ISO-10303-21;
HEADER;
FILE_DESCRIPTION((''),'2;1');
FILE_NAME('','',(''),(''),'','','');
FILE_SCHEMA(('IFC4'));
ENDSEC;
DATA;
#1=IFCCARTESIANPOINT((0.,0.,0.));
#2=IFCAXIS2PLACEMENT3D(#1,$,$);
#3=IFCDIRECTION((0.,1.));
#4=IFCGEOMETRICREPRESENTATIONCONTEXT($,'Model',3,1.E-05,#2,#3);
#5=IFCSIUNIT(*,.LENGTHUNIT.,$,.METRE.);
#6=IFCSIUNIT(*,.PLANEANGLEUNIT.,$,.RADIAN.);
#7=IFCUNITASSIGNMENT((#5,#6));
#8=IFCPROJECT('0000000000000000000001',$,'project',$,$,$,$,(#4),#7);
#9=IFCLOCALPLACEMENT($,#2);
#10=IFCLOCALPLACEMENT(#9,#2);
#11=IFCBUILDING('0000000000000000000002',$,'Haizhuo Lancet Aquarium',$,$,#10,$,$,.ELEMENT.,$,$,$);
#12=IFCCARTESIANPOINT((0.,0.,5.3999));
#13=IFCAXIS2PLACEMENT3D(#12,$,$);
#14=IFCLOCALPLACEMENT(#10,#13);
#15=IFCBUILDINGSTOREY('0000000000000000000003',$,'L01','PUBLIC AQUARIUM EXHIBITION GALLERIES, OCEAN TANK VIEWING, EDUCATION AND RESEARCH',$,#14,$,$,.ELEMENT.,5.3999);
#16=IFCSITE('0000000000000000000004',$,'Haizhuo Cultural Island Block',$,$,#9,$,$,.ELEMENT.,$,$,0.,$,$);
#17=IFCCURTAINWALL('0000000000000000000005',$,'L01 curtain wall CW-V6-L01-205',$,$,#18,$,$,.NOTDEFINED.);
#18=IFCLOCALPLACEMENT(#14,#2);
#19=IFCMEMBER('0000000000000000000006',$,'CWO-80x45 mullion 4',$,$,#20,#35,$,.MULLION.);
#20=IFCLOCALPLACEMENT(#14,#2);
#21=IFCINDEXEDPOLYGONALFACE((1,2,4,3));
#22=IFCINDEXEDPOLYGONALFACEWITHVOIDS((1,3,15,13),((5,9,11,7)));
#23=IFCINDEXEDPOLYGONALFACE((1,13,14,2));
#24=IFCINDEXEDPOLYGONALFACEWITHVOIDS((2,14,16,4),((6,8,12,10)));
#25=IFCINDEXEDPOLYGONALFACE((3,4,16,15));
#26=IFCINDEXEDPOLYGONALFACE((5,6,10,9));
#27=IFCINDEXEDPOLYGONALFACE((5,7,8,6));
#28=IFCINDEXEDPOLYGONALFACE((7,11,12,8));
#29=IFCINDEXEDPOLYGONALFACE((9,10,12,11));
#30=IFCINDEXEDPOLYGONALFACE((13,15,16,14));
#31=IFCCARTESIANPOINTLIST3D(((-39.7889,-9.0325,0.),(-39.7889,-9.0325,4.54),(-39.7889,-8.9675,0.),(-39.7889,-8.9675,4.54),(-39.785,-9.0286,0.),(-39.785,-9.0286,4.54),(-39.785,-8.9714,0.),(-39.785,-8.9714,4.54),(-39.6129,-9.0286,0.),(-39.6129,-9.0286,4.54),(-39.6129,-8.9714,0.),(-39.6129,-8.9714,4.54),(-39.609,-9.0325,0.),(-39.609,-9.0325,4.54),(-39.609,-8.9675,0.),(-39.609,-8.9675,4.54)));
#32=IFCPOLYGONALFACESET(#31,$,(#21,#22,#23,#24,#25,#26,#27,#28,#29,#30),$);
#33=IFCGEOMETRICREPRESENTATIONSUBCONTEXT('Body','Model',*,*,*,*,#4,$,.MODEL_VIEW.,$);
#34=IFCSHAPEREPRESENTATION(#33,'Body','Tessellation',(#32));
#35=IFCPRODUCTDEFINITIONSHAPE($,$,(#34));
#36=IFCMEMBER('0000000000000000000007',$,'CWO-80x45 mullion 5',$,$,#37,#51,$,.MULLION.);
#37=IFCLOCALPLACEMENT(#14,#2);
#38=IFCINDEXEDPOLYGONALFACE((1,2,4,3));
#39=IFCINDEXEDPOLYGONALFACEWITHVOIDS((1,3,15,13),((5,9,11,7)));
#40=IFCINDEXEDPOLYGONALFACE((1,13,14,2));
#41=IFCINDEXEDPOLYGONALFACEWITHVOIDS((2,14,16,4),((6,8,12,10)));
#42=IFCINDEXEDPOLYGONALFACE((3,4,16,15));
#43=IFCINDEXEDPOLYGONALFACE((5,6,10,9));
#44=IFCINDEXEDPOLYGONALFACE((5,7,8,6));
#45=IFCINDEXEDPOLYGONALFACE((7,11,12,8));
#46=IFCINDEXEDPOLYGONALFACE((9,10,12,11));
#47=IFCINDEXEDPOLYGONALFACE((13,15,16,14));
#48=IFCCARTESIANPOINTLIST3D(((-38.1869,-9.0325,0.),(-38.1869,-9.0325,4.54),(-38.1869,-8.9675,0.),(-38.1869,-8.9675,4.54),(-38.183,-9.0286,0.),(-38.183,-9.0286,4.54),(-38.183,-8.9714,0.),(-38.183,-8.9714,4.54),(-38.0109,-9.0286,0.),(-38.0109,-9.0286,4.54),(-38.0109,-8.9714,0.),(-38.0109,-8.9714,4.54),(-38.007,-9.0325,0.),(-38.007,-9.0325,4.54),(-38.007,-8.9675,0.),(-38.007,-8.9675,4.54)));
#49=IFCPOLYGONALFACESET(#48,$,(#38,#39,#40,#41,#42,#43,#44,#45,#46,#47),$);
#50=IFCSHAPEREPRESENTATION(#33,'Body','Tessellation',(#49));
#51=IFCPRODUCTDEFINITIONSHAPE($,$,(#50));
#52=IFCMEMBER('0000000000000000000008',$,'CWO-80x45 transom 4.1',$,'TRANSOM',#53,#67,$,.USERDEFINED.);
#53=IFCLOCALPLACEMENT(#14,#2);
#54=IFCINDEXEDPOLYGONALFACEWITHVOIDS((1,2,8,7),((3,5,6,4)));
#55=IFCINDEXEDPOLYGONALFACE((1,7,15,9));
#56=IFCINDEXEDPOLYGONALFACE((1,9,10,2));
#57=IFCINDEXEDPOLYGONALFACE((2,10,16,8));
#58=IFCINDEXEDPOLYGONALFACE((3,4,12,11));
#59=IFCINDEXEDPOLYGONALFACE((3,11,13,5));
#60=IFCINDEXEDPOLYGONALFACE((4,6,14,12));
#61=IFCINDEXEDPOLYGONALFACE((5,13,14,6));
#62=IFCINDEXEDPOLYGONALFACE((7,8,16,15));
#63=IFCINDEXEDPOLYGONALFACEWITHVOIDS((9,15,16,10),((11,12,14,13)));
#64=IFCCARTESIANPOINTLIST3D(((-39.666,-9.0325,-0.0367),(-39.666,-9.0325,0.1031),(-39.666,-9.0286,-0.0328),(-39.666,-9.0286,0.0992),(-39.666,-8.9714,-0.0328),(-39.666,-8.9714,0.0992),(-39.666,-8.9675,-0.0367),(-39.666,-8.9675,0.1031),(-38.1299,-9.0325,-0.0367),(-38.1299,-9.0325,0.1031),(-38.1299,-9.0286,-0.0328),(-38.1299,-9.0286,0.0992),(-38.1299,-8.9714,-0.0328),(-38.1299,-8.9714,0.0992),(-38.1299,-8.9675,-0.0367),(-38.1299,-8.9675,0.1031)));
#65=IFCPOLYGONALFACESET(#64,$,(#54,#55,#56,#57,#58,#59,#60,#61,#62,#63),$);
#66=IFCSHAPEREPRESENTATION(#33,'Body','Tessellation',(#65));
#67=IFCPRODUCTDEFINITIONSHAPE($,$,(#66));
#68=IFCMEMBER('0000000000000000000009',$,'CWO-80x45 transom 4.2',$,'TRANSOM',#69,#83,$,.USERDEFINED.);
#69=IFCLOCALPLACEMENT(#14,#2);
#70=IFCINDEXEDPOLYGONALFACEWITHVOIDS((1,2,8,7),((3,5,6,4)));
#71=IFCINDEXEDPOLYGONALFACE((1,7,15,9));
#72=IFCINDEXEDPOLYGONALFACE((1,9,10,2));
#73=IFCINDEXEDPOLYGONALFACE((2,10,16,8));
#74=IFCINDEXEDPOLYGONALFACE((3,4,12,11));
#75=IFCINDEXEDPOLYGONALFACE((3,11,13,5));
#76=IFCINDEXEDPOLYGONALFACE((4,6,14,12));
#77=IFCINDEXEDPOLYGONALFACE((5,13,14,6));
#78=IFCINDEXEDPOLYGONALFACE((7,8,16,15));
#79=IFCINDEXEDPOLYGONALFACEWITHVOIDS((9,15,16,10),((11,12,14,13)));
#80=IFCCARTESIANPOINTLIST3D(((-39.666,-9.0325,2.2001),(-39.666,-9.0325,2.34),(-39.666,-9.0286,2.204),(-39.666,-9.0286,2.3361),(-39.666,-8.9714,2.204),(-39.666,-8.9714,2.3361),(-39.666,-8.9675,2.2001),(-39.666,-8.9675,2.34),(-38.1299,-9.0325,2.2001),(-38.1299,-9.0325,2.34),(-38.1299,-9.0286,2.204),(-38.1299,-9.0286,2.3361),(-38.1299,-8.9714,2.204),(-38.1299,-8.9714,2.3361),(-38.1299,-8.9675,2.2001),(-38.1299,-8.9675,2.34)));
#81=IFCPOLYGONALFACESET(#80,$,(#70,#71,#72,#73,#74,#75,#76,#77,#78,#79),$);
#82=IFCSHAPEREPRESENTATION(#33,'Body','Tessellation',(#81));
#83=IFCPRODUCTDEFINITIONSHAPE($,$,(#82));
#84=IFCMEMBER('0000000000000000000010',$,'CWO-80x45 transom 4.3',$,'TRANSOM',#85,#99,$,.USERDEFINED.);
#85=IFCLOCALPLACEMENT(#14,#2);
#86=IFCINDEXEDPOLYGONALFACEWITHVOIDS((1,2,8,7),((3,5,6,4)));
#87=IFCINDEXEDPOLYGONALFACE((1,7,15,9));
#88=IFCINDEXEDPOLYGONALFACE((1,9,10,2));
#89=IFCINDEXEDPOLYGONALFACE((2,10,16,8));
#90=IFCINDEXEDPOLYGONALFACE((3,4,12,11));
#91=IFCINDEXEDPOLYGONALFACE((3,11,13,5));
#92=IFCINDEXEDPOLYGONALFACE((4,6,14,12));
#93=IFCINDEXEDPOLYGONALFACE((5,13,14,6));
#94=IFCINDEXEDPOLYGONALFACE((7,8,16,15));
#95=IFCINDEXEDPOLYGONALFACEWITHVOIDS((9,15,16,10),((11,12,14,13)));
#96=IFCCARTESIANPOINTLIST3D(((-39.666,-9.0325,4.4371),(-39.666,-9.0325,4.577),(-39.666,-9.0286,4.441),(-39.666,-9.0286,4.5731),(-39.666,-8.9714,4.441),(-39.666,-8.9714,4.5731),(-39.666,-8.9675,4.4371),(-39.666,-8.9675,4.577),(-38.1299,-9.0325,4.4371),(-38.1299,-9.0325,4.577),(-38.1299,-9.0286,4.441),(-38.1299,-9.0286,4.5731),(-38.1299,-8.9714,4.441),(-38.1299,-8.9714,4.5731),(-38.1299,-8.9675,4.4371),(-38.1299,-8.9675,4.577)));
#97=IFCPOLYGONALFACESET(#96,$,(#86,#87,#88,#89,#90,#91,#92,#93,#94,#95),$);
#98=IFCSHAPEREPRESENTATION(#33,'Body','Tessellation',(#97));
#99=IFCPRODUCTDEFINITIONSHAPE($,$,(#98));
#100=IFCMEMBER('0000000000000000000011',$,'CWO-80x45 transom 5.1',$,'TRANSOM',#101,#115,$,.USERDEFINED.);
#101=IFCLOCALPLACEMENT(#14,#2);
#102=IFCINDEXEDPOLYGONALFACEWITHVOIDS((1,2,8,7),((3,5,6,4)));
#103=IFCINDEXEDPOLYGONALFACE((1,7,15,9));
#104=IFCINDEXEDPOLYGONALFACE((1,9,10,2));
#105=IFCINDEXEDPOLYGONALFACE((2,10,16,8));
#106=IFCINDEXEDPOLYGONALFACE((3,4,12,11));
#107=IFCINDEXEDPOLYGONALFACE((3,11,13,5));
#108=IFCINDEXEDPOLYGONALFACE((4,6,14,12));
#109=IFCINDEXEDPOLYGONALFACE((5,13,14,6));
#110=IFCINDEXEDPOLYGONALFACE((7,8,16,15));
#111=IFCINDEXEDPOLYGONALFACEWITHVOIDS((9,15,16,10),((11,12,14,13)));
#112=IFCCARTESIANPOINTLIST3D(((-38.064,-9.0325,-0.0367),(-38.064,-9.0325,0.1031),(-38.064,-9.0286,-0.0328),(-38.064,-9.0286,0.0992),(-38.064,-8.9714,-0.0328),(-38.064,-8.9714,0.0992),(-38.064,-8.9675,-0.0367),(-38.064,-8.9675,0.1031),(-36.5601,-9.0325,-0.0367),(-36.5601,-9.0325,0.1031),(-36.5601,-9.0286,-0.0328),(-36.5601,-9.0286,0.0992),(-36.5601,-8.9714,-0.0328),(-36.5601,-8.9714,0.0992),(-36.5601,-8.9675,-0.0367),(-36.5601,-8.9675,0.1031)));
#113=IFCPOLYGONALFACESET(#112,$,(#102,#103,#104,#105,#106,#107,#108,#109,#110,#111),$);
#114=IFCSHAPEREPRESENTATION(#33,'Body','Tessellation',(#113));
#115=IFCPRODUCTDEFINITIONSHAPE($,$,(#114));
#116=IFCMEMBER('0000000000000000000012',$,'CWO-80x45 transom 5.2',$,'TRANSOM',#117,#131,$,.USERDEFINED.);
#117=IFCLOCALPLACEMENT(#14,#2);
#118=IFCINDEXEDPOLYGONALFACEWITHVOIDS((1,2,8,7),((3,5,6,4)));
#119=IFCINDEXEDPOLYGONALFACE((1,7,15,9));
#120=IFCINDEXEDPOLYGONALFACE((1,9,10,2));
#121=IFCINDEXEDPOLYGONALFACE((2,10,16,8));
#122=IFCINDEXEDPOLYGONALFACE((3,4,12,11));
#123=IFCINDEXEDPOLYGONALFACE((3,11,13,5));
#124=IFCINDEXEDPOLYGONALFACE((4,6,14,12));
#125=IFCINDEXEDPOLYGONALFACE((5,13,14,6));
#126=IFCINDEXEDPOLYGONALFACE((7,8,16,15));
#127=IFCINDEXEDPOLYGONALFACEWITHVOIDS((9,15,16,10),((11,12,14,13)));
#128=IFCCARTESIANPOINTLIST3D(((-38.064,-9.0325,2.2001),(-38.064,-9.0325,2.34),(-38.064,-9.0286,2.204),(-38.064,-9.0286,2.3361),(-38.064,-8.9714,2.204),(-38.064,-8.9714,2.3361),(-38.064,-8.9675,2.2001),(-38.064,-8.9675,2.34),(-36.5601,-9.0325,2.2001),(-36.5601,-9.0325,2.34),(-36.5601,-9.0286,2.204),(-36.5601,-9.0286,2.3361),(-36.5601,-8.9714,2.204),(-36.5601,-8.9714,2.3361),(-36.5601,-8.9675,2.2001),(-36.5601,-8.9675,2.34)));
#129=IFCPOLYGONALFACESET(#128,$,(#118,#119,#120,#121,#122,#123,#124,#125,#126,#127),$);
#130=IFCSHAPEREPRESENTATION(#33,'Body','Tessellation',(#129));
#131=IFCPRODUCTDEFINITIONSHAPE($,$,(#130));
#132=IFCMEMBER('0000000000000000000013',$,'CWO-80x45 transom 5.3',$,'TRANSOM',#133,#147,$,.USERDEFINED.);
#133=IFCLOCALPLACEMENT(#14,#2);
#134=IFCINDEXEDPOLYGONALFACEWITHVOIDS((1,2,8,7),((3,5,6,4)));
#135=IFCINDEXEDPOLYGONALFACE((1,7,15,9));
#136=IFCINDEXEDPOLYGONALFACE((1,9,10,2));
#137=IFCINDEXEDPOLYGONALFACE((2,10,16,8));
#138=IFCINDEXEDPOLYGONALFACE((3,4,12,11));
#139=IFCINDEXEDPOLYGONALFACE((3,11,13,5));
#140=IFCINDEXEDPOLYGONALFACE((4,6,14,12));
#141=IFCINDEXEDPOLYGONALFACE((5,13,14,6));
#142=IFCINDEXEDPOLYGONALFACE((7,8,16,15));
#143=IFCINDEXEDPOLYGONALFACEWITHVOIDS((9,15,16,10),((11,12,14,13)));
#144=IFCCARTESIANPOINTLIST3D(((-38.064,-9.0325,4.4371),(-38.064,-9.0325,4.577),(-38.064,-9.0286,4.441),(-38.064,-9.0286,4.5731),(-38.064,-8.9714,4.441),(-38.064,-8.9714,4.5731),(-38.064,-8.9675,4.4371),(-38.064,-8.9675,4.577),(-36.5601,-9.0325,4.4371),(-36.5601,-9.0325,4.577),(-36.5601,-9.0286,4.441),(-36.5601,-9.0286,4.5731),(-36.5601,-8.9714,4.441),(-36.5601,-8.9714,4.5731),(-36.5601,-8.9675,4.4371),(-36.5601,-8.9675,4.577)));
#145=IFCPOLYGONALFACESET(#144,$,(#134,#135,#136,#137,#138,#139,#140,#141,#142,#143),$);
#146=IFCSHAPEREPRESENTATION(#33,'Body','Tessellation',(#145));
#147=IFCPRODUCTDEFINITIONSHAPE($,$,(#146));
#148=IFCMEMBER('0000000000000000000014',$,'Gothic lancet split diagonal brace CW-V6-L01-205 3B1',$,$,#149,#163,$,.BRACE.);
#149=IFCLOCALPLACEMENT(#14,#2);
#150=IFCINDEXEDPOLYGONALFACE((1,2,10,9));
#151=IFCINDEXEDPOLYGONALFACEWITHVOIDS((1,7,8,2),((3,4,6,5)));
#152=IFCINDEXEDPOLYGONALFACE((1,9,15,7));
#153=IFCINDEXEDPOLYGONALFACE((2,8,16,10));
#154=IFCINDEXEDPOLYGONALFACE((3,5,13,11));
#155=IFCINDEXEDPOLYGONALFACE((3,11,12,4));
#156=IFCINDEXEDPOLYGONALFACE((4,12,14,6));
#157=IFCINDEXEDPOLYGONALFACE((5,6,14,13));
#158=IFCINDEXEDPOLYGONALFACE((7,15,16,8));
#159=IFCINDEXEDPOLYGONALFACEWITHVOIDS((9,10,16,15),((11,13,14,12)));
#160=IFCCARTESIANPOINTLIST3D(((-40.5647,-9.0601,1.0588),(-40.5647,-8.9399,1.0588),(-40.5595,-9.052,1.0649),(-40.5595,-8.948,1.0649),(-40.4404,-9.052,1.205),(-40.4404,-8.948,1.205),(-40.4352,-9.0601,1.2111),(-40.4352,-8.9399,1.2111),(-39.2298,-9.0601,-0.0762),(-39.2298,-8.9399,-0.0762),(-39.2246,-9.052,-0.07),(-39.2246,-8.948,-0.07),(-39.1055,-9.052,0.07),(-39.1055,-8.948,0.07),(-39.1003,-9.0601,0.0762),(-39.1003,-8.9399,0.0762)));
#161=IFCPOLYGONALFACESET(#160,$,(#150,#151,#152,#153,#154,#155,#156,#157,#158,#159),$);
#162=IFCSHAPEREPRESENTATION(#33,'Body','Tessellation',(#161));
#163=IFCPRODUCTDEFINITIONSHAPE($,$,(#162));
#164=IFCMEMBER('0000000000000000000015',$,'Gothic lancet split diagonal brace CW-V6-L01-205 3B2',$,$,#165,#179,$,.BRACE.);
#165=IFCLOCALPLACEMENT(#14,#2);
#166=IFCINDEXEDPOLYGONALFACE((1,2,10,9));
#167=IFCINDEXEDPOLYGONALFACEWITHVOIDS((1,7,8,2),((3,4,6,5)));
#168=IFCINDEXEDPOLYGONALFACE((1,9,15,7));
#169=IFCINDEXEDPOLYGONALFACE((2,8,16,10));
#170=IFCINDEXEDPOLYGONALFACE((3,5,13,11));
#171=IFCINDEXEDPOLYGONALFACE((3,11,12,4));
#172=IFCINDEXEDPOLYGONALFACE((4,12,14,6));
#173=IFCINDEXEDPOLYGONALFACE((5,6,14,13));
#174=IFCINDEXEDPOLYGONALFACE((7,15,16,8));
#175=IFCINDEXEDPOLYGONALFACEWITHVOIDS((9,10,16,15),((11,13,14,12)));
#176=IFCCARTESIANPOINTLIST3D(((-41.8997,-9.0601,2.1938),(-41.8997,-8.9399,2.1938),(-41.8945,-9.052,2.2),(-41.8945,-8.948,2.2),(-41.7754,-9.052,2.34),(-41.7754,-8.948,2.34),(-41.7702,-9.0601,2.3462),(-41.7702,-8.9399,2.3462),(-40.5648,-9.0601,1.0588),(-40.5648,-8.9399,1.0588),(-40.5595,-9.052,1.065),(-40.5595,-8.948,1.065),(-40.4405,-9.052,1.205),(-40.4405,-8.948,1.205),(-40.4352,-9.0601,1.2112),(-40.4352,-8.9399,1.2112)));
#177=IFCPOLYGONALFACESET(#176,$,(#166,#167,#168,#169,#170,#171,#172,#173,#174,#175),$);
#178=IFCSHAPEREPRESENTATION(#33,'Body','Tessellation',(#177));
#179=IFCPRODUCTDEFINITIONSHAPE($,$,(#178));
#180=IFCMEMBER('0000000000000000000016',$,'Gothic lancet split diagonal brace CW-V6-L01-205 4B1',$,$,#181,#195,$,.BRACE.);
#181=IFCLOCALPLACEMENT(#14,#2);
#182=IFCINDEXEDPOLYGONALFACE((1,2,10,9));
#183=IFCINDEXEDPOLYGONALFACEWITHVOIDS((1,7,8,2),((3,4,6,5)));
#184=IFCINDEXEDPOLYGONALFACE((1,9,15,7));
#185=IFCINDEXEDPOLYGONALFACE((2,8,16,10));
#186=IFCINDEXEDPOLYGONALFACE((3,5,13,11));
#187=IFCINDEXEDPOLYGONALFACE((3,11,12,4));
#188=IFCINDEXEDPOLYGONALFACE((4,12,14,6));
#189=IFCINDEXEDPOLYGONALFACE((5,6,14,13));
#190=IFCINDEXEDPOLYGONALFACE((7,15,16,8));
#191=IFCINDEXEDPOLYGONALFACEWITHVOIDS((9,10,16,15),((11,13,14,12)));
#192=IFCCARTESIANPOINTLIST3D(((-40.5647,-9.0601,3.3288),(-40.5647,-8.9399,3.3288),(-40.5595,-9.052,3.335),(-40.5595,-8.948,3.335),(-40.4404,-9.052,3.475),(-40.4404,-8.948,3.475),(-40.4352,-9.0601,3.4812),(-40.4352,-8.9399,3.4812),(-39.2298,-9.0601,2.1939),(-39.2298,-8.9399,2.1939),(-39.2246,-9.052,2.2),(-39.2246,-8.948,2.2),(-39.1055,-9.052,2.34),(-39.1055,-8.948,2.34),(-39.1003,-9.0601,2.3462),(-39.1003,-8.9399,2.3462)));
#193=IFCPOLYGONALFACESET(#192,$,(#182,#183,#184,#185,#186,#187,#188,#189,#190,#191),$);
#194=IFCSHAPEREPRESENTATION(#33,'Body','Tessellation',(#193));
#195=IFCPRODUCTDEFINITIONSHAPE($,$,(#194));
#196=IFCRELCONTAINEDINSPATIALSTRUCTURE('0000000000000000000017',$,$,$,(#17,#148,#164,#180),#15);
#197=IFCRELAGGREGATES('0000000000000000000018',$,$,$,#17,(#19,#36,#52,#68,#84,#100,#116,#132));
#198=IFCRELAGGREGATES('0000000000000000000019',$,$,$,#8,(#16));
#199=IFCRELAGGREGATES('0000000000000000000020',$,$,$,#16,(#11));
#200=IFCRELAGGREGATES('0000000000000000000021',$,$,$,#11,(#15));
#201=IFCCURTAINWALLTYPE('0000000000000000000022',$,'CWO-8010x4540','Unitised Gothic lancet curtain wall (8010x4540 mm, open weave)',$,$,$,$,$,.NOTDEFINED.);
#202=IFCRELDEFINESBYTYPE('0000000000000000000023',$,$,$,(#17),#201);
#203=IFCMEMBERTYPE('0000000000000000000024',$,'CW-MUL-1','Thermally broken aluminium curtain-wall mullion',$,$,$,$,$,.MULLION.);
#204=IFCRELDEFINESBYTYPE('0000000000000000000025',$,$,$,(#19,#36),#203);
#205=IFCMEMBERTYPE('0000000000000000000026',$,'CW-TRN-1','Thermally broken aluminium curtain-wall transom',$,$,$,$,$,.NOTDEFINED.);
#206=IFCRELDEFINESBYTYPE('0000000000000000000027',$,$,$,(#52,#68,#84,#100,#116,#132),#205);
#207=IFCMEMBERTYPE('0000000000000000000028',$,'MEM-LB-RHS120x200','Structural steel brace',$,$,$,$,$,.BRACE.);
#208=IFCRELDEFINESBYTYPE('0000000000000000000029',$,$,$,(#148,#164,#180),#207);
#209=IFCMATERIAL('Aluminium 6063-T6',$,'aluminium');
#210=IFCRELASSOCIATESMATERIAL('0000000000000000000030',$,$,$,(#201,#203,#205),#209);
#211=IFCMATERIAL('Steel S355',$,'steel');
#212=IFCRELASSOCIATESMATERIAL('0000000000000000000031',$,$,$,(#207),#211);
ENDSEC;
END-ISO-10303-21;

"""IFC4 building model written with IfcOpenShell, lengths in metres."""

from ifc_helpers import new_model, si_unit, direction, frame, origin, origin_2d, place, context, subcontext, project, spatial, hollow_rectangle, extrude, material, material_profile, profile_set, type_object, element, aggregate, save


model = new_model("IFC4")

# Units and contexts
model_context = context("Model", 3, precision=1e-05, world=origin(), true_north=direction((0.0, 1.0)))
body_context = subcontext(model_context, "Body", "Model", "MODEL_VIEW")
ifc_project = project(units=[si_unit("LENGTHUNIT", "METRE"), si_unit("PLANEANGLEUNIT", "RADIAN")], contexts=[model_context])

# Site, building, storey
site_placement = place(None, origin())
site = spatial("IfcSite", under=ifc_project, at=site_placement, Name="Haizhuo Cultural Island Block", CompositionType="ELEMENT", RefElevation=0.0)
building_placement = place(site_placement, origin())
building = spatial("IfcBuilding", under=site, at=building_placement, Name="Haizhuo Lancet Aquarium", CompositionType="ELEMENT")
storey_placement = place(building_placement, frame((0.0, 0.0, 5.3999)))
storey = spatial("IfcBuildingStorey", under=building, at=storey_placement, Name="L01", Description="PUBLIC AQUARIUM EXHIBITION GALLERIES, OCEAN TANK VIEWING, EDUCATION AND RESEARCH", CompositionType="ELEMENT", Elevation=5.3999)

# Curtain wall, members
ifc_material_1 = material(Name="Aluminium 6063-T6", Category="aluminium")
curtain_wall_type = type_object("IfcCurtainWallType", Name="CWO-8010x4540", Description="Unitised Gothic lancet curtain wall (8010x4540 mm, open weave)", PredefinedType="NOTDEFINED", material=ifc_material_1)
curtain_wall_placement = place(storey_placement, origin())
curtain_wall = element("IfcCurtainWall", 1, at=curtain_wall_placement, inside=storey, type_object=curtain_wall_type, Name="L01 curtain wall CW-V6-L01-205", PredefinedType="NOTDEFINED")
ifc_material_profile_1 = material_profile(ifc_material_1, hollow_rectangle(XDim=0.0649, YDim=0.1799, WallThickness=0.0039, at=origin_2d()), Name="ALU-M 65x180x4")
ifc_profile_set_1 = profile_set([ifc_material_profile_1], Name="Aluminium 6063-T6")
member_type_1 = type_object("IfcMemberType", Name="CW-MUL-1", Description="Thermally broken aluminium curtain-wall mullion", PredefinedType="MULLION", material=ifc_profile_set_1)
member_1_placement = place(storey_placement, frame((-39.699, -9.0, 0.0), z_axis=(0.0, 0.0, 1.0), x_axis=(0.0, 1.0, 0.0)))
member_1 = element("IfcMember", 2, at=member_1_placement, type_object=member_type_1, Name="CWO-80x45 mullion 4", PredefinedType="MULLION", context=body_context, shape_type="SweptSolid", body=[
    extrude(hollow_rectangle(XDim=0.0649, YDim=0.1799, WallThickness=0.0039, at=origin_2d()), origin(), (0.0, 0.0, 1.0), 4.54),
])
member_2_placement = place(storey_placement, frame((-38.0969, -9.0, 0.0), z_axis=(0.0, 0.0, 1.0), x_axis=(0.0, 1.0, 0.0)))
member_2 = element("IfcMember", 3, at=member_2_placement, type_object=member_type_1, Name="CWO-80x45 mullion 5", PredefinedType="MULLION", context=body_context, shape_type="SweptSolid", body=[
    extrude(hollow_rectangle(XDim=0.0649, YDim=0.1799, WallThickness=0.0039, at=origin_2d()), origin(), (0.0, 0.0, 1.0), 4.54),
])
ifc_material_profile_2 = material_profile(ifc_material_1, hollow_rectangle(XDim=0.0649, YDim=0.1399, WallThickness=0.0039, at=origin_2d()), Name="ALU-T 65x140x4")
ifc_profile_set_2 = profile_set([ifc_material_profile_2], Name="Aluminium 6063-T6")
member_type_2 = type_object("IfcMemberType", Name="CW-TRN-1", Description="Thermally broken aluminium curtain-wall transom", PredefinedType="NOTDEFINED", material=ifc_profile_set_2)
member_3_placement = place(storey_placement, frame((-39.666, -9.0, 0.0332), z_axis=(1.0, 0.0, 0.0), x_axis=(0.0, 1.0, 0.0)))
member_3 = element("IfcMember", 4, at=member_3_placement, type_object=member_type_2, Name="CWO-80x45 transom 4.1", ObjectType="TRANSOM", PredefinedType="USERDEFINED", context=body_context, shape_type="SweptSolid", body=[
    extrude(hollow_rectangle(XDim=0.0649, YDim=0.1399, WallThickness=0.0039, at=origin_2d()), origin(), (0.0, 0.0, 1.0), 1.5361),
])
member_4_placement = place(storey_placement, frame((-39.666, -9.0, 2.27), z_axis=(1.0, 0.0, 0.0), x_axis=(0.0, 1.0, 0.0)))
member_4 = element("IfcMember", 5, at=member_4_placement, type_object=member_type_2, Name="CWO-80x45 transom 4.2", ObjectType="TRANSOM", PredefinedType="USERDEFINED", context=body_context, shape_type="SweptSolid", body=[
    extrude(hollow_rectangle(XDim=0.0649, YDim=0.1399, WallThickness=0.0039, at=origin_2d()), origin(), (0.0, 0.0, 1.0), 1.5361),
])
member_5_placement = place(storey_placement, frame((-39.666, -9.0, 4.5071), z_axis=(1.0, 0.0, 0.0), x_axis=(0.0, 1.0, 0.0)))
member_5 = element("IfcMember", 6, at=member_5_placement, type_object=member_type_2, Name="CWO-80x45 transom 4.3", ObjectType="TRANSOM", PredefinedType="USERDEFINED", context=body_context, shape_type="SweptSolid", body=[
    extrude(hollow_rectangle(XDim=0.0649, YDim=0.1399, WallThickness=0.0039, at=origin_2d()), origin(), (0.0, 0.0, 1.0), 1.5361),
])
member_6_placement = place(storey_placement, frame((-38.064, -9.0, 0.0332), z_axis=(1.0, 0.0, 0.0), x_axis=(0.0, 1.0, 0.0)))
member_6 = element("IfcMember", 7, at=member_6_placement, type_object=member_type_2, Name="CWO-80x45 transom 5.1", ObjectType="TRANSOM", PredefinedType="USERDEFINED", context=body_context, shape_type="SweptSolid", body=[
    extrude(hollow_rectangle(XDim=0.0649, YDim=0.1399, WallThickness=0.0039, at=origin_2d()), origin(), (0.0, 0.0, 1.0), 1.5039),
])
member_7_placement = place(storey_placement, frame((-38.064, -9.0, 2.27), z_axis=(1.0, 0.0, 0.0), x_axis=(0.0, 1.0, 0.0)))
member_7 = element("IfcMember", 8, at=member_7_placement, type_object=member_type_2, Name="CWO-80x45 transom 5.2", ObjectType="TRANSOM", PredefinedType="USERDEFINED", context=body_context, shape_type="SweptSolid", body=[
    extrude(hollow_rectangle(XDim=0.0649, YDim=0.1399, WallThickness=0.0039, at=origin_2d()), origin(), (0.0, 0.0, 1.0), 1.5039),
])
member_8_placement = place(storey_placement, frame((-38.064, -9.0, 4.5071), z_axis=(1.0, 0.0, 0.0), x_axis=(0.0, 1.0, 0.0)))
member_8 = element("IfcMember", 9, at=member_8_placement, type_object=member_type_2, Name="CWO-80x45 transom 5.3", ObjectType="TRANSOM", PredefinedType="USERDEFINED", context=body_context, shape_type="SweptSolid", body=[
    extrude(hollow_rectangle(XDim=0.0649, YDim=0.1399, WallThickness=0.0039, at=origin_2d()), origin(), (0.0, 0.0, 1.0), 1.5039),
])

# Members
ifc_material_2 = material(Name="Steel S355", Category="steel")
ifc_material_profile_3 = material_profile(ifc_material_2, hollow_rectangle(XDim=0.1201, YDim=0.2, WallThickness=0.0081, at=origin_2d()), Name="RHS 120x200x8")
ifc_profile_set_3 = profile_set([ifc_material_profile_3], Name="Steel S355")
member_type_3 = type_object("IfcMemberType", Name="MEM-LB-RHS120x200", Description="Structural steel brace", PredefinedType="BRACE", material=ifc_profile_set_3)
for number, where, z_axis, x_axis, name in (
    (10, (-39.165, -9.0, 0.0), (-0.761857, 0.0, 0.647745), (0.0, -1.0, 0.0), "Gothic lancet split diagonal brace CW-V6-L01-205 3B1"),
    (11, (-40.5, -9.0, 1.135), (-0.761857, 0.0, 0.647745), (0.0, -1.0, 0.0), "Gothic lancet split diagonal brace CW-V6-L01-205 3B2"),
    (12, (-39.165, -9.0, 2.27), (-0.761857, 0.0, 0.647745), (0.0, -1.0, 0.0), "Gothic lancet split diagonal brace CW-V6-L01-205 4B1"),
):
    element("IfcMember", number, at=place(storey_placement, frame(where, z_axis=z_axis, x_axis=x_axis)), inside=storey, type_object=member_type_3, Name=name, PredefinedType="BRACE", context=body_context, shape_type="SweptSolid", body=[
        extrude(hollow_rectangle(XDim=0.1201, YDim=0.2, WallThickness=0.0081, at=origin_2d()), origin(), (0.0, 0.0, 1.0), 1.7522),
    ])

aggregate(curtain_wall, [member_1, member_2, member_3, member_4, member_5, member_6, member_7, member_8])

save(model, "model.ifc")
